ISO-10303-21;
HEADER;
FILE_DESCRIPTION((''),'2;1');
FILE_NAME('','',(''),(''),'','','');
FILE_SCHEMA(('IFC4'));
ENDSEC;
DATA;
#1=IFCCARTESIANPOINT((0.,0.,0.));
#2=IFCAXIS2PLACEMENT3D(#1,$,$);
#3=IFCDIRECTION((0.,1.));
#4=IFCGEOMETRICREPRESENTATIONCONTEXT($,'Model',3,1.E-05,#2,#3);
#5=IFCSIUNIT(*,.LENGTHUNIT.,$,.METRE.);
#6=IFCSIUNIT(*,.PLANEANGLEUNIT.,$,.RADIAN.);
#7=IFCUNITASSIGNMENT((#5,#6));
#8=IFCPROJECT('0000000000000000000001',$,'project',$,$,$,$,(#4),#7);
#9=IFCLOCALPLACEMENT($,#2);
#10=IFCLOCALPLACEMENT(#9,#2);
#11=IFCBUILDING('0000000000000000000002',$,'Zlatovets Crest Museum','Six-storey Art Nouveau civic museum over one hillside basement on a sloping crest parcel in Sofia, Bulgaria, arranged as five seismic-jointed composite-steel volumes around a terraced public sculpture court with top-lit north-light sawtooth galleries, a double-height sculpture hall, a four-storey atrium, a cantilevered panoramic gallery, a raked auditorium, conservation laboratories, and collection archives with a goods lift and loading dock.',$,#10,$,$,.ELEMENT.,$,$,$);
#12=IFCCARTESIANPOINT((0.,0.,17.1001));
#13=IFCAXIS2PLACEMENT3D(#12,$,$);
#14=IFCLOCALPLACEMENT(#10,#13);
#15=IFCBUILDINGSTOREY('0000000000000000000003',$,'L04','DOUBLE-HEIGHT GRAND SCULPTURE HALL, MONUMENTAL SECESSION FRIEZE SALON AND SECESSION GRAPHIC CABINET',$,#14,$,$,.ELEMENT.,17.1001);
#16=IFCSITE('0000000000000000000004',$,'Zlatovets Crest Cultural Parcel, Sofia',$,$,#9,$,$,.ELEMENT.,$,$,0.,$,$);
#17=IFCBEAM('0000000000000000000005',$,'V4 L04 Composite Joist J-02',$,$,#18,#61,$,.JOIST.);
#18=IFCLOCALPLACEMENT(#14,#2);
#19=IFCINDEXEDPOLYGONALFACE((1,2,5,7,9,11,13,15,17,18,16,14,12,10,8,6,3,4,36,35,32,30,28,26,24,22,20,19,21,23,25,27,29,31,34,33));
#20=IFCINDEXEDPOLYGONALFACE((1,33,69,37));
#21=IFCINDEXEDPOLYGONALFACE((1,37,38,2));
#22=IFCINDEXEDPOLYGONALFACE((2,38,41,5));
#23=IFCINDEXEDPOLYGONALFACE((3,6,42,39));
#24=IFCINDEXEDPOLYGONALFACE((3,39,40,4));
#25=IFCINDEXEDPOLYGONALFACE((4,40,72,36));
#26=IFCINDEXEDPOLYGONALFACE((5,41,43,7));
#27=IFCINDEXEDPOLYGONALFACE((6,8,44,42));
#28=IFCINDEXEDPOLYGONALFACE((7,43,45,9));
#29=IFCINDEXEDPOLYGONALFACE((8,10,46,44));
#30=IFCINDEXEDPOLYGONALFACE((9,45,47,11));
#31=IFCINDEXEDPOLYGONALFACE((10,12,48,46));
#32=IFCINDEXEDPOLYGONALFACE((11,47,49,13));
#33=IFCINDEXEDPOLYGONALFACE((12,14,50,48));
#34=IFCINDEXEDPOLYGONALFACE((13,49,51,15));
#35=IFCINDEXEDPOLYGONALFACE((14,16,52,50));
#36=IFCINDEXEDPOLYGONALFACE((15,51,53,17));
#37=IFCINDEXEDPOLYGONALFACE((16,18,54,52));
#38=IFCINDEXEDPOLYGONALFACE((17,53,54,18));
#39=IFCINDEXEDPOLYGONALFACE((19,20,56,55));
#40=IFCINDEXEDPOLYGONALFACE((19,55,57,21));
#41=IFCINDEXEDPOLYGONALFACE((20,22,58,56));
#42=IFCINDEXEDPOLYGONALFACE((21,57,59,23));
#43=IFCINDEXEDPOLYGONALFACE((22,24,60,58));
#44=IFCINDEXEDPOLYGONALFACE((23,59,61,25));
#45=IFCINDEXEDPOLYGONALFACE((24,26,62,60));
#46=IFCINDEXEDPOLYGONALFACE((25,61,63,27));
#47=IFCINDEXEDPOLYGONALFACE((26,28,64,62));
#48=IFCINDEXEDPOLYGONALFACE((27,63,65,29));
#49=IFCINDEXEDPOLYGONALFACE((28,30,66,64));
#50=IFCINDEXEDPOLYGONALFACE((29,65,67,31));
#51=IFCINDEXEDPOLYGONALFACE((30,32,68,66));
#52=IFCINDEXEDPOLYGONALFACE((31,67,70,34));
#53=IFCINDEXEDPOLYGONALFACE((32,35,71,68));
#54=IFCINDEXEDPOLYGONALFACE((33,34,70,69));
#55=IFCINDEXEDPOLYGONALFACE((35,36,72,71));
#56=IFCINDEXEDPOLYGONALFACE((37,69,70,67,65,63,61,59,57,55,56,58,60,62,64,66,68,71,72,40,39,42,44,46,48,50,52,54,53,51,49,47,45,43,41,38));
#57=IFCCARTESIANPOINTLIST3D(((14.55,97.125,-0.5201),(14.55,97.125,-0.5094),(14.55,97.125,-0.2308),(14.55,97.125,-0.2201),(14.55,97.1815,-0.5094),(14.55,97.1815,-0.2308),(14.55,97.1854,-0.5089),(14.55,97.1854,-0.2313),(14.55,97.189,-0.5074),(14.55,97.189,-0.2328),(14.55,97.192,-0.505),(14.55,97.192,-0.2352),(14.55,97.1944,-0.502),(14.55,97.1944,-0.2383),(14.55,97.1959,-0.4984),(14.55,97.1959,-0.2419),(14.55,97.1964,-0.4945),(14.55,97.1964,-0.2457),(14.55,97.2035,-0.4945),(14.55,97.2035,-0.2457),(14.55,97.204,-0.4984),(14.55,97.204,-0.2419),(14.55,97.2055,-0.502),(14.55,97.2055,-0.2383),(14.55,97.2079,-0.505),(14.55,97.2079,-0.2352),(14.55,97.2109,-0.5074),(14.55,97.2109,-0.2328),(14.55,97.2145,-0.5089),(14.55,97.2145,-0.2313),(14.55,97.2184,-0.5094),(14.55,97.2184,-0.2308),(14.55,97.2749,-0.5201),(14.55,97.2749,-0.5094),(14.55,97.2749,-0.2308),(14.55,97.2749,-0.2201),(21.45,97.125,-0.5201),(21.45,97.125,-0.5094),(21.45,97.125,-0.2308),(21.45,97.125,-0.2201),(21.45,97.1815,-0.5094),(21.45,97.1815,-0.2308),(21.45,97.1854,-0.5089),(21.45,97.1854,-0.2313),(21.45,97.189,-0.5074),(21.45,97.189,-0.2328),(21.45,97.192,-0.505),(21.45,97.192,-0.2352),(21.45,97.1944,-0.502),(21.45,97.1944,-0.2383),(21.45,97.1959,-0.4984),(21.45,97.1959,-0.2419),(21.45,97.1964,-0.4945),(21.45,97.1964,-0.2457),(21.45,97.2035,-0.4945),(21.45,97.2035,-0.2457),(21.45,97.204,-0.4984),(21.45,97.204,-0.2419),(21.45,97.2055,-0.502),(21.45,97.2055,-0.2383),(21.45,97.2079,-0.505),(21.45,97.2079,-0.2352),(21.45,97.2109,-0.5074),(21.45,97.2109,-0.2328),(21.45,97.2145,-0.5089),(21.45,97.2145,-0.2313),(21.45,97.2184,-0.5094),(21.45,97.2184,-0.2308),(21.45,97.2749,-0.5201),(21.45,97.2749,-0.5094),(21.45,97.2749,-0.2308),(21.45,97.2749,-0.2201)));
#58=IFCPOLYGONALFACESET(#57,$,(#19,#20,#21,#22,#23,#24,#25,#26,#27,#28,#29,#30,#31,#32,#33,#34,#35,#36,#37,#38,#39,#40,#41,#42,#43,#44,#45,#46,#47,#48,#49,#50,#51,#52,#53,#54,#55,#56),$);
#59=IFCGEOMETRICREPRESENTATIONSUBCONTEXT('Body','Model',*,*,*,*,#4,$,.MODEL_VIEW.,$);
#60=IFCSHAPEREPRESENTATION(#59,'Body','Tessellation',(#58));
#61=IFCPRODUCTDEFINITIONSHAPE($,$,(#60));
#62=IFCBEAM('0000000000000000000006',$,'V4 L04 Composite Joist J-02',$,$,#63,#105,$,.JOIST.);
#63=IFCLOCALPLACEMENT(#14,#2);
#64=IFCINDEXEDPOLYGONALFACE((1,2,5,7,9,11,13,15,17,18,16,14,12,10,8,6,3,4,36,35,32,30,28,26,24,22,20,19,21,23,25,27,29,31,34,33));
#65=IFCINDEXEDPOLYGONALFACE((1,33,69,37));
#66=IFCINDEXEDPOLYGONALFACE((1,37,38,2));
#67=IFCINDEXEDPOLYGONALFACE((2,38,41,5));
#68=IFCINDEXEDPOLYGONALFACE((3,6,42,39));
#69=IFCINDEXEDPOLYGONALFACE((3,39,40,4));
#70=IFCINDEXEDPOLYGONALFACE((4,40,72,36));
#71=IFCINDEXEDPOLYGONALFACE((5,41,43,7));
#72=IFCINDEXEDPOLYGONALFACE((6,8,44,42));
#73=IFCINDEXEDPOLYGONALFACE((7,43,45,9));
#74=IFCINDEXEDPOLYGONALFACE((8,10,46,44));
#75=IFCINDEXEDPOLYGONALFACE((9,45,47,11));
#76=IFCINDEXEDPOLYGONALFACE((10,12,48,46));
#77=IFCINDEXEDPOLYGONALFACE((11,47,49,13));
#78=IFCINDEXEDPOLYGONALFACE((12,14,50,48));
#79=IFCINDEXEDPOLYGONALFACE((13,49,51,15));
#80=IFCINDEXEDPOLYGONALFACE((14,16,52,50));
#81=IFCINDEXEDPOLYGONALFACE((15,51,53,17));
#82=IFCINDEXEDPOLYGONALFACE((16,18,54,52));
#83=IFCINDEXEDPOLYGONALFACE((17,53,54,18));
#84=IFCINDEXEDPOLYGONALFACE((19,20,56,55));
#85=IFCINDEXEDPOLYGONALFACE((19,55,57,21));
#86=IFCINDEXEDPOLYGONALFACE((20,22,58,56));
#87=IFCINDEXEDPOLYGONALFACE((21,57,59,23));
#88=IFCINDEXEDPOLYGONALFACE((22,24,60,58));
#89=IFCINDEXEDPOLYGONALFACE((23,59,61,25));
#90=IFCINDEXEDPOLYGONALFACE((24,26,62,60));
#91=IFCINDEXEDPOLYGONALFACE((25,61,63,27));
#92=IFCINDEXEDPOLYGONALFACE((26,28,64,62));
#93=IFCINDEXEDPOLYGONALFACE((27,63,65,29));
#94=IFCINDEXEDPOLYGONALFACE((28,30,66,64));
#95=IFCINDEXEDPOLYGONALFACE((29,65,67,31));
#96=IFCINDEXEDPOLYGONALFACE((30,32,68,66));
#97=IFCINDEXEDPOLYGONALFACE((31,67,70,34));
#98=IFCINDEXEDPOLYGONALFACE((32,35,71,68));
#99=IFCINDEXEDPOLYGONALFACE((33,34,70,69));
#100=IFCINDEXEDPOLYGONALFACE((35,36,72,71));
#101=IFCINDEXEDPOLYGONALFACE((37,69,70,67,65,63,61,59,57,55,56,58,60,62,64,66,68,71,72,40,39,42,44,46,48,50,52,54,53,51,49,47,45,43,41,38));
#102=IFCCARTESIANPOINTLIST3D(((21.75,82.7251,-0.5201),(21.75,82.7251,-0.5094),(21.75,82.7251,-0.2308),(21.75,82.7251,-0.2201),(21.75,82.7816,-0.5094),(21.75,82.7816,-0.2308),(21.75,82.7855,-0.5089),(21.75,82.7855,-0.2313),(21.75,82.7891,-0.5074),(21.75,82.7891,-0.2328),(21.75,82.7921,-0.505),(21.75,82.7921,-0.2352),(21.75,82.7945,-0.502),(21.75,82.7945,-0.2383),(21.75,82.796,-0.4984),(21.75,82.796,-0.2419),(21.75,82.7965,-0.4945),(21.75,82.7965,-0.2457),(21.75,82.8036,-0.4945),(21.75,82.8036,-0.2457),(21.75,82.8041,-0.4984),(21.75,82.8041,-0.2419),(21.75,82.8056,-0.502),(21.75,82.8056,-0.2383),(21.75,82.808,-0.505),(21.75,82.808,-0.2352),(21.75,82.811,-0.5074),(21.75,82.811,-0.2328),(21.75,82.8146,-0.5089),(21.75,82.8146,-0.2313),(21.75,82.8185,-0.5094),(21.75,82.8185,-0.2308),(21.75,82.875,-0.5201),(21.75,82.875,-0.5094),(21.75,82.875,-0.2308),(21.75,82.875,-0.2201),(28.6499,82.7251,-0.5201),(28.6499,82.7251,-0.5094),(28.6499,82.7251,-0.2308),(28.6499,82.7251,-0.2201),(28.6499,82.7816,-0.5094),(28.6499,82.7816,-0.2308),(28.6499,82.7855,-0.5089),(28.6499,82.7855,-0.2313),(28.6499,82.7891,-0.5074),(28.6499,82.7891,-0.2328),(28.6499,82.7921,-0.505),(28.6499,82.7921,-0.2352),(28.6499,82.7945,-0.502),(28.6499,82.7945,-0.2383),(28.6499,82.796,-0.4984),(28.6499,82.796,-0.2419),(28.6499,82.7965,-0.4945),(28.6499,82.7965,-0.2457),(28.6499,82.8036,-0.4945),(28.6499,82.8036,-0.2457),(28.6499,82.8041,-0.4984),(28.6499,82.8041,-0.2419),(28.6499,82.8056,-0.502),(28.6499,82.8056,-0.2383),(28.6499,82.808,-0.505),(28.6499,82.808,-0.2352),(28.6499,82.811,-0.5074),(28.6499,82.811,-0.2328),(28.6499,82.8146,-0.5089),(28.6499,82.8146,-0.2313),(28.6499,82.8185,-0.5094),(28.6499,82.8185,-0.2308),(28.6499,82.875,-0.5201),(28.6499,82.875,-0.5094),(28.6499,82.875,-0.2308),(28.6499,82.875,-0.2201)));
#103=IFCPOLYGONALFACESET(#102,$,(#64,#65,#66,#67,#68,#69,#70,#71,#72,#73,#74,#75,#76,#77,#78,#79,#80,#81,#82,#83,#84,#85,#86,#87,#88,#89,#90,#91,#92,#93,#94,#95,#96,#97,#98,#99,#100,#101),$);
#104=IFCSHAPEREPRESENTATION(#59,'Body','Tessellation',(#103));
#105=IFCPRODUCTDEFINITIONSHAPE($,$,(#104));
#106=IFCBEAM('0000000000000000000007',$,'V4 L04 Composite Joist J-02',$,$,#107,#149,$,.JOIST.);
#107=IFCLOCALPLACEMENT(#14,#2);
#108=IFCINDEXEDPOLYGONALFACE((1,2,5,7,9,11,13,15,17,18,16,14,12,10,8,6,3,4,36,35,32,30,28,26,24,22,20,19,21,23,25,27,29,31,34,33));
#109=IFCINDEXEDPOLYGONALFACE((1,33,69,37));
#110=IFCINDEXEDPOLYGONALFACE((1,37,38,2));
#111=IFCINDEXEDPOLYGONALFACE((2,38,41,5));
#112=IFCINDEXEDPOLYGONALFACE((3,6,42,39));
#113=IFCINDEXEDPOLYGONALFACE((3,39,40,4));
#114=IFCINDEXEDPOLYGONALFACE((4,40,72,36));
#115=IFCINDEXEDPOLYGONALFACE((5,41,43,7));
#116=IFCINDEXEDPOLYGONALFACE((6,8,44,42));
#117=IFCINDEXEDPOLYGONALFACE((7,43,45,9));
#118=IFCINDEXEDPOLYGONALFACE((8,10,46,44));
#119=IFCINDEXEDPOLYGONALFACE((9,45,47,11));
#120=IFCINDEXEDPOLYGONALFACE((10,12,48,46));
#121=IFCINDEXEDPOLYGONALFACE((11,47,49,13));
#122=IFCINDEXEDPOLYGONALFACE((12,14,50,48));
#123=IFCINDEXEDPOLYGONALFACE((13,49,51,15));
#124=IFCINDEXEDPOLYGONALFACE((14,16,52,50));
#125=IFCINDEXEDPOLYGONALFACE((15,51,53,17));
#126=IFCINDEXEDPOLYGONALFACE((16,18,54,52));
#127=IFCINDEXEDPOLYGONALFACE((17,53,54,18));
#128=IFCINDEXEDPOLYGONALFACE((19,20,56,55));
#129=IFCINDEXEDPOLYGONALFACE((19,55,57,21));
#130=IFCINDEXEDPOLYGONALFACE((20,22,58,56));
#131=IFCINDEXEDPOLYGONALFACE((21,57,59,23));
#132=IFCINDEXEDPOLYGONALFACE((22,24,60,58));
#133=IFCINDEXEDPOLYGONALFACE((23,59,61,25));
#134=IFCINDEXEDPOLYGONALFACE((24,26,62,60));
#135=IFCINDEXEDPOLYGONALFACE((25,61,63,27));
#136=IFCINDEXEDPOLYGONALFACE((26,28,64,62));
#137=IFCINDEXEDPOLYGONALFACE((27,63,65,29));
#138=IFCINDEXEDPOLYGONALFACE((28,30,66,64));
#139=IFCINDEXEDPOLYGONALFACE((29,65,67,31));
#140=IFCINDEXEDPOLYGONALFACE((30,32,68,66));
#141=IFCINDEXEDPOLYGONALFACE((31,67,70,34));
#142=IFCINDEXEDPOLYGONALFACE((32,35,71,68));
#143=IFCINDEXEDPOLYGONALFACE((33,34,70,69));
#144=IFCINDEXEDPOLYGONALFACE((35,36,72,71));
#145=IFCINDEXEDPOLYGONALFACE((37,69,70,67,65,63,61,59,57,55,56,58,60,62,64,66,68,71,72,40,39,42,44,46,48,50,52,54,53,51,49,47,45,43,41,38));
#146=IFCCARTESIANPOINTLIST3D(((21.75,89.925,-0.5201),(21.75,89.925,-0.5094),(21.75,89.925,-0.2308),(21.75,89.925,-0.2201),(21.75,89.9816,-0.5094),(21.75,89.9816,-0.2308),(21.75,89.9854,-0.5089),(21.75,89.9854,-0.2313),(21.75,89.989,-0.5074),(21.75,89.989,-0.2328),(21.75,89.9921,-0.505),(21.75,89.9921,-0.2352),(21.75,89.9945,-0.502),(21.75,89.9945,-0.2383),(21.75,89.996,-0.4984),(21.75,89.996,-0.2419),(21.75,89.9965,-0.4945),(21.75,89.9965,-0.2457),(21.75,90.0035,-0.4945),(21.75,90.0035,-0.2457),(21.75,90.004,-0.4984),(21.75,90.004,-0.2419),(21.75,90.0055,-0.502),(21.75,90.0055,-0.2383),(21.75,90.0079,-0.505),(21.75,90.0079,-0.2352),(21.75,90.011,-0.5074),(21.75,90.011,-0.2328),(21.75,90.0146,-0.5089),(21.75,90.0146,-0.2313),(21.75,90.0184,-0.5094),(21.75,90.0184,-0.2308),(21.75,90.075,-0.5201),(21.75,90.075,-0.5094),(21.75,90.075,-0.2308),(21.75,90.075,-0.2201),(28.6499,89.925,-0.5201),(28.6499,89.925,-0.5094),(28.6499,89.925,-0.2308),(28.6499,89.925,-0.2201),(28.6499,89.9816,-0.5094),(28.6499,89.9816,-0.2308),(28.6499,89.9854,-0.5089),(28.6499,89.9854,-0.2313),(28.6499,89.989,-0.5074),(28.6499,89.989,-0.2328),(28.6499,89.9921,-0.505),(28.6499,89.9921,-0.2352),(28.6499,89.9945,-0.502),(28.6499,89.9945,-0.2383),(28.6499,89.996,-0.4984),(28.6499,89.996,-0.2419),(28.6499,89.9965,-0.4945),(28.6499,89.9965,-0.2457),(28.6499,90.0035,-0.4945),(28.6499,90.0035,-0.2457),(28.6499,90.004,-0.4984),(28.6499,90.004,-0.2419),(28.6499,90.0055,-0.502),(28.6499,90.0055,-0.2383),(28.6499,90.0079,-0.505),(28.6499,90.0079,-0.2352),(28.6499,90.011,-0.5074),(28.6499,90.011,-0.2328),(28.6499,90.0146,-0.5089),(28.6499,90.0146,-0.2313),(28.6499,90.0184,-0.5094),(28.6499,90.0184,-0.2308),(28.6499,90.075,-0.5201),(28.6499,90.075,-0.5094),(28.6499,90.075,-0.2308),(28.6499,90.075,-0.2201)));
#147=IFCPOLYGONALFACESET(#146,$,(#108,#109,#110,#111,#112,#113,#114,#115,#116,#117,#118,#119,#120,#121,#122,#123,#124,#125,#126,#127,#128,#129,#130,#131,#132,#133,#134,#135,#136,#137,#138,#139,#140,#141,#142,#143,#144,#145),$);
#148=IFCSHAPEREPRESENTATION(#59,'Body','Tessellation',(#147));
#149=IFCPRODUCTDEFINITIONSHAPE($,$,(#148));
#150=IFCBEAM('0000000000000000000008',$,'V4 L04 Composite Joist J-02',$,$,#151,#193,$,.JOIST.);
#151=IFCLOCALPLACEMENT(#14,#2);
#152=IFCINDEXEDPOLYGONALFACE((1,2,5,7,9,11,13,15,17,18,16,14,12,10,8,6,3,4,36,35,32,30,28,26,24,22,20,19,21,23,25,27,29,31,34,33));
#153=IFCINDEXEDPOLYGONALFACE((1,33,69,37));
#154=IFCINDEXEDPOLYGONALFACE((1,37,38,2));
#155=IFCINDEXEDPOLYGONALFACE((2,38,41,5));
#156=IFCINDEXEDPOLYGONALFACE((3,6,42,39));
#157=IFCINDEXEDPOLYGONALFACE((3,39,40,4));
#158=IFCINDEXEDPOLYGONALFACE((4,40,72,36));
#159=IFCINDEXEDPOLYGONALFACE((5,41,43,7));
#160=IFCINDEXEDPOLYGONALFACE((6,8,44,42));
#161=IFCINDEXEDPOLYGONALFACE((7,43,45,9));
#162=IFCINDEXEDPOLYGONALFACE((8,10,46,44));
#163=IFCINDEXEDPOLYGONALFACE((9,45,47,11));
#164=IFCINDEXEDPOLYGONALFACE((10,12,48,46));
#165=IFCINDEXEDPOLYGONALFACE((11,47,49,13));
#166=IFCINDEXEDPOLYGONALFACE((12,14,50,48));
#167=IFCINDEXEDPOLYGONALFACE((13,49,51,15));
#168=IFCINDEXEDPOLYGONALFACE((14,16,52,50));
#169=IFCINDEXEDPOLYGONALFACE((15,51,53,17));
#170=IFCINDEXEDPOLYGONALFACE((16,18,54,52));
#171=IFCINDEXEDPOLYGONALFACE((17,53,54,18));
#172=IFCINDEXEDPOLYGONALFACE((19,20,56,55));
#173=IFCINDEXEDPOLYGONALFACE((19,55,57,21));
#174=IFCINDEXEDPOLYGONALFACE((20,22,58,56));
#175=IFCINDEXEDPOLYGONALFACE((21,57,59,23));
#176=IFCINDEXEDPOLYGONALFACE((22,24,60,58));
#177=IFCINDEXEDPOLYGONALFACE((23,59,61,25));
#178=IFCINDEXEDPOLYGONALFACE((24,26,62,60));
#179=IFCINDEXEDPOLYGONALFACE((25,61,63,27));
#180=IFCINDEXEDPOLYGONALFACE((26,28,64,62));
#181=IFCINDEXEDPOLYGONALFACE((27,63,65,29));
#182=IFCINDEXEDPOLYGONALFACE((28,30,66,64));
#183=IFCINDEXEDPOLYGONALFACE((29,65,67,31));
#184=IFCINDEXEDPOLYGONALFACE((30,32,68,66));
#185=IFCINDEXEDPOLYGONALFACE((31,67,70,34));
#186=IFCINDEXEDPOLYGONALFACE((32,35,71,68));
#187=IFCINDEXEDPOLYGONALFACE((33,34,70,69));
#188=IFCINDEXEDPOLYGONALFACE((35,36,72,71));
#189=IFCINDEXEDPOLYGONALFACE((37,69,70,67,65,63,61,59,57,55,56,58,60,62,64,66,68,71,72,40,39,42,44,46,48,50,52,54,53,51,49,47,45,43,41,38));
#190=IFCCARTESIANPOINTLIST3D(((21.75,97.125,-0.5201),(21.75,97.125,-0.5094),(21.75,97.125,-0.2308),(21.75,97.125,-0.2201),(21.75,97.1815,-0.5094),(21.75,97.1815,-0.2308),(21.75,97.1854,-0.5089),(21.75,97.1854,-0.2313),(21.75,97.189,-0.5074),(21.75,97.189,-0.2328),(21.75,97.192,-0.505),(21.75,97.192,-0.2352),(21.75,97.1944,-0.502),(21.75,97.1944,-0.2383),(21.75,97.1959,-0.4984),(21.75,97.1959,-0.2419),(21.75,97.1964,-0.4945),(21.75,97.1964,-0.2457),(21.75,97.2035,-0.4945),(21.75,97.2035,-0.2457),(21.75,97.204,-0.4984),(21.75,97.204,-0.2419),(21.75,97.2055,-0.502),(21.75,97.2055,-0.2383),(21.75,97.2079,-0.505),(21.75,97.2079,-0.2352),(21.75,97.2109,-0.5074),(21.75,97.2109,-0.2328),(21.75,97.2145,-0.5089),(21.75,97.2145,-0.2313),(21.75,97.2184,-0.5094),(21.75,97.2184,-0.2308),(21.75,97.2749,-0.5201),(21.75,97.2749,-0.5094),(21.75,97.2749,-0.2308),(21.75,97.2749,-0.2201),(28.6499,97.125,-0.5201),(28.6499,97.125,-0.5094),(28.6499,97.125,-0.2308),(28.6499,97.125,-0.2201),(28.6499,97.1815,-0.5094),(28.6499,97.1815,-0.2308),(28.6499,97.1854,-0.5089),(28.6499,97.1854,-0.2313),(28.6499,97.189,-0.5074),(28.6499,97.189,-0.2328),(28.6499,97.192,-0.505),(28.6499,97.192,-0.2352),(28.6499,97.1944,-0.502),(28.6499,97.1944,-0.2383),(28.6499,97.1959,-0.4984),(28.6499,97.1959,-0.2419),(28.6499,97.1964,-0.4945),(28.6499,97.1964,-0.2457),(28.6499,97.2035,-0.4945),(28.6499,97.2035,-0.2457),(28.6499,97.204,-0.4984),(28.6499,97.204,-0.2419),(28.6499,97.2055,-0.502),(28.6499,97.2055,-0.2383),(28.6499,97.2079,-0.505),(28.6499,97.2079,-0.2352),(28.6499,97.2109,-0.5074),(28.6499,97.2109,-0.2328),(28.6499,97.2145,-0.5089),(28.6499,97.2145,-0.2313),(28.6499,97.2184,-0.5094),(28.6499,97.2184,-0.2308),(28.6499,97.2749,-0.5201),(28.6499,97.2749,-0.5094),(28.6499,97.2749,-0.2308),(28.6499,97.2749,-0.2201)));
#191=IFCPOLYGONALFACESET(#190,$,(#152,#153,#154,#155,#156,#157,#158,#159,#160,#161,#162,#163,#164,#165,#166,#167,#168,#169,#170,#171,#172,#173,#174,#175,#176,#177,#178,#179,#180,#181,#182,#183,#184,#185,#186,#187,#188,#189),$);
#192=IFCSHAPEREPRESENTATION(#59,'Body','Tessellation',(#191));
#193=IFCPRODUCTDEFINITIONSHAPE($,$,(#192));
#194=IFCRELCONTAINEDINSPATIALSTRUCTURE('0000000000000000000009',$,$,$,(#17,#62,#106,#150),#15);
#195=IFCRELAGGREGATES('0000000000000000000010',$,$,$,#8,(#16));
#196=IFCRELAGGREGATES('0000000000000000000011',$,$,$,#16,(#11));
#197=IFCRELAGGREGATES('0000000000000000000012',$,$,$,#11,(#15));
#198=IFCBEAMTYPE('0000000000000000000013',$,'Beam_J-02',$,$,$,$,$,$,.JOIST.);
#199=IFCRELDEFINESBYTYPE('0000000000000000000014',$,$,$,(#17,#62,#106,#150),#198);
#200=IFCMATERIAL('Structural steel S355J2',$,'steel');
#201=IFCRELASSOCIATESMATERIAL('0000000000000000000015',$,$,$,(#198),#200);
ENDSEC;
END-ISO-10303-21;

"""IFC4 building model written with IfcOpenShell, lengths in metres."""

from ifc_helpers import new_model, si_unit, direction, frame, origin, origin_2d, place, context, subcontext, project, spatial, i_section, extrude, material, material_profile, profile_set, type_object, element, save


model = new_model("IFC4")

# Units and contexts
model_context = context("Model", 3, precision=1e-05, world=origin(), true_north=direction((0.0, 1.0)))
body_context = subcontext(model_context, "Body", "Model", "MODEL_VIEW")
ifc_project = project(units=[si_unit("LENGTHUNIT", "METRE"), si_unit("PLANEANGLEUNIT", "RADIAN")], contexts=[model_context])

# Site, building, storey
site_placement = place(None, origin())
site = spatial("IfcSite", under=ifc_project, at=site_placement, Name="Zlatovets Crest Cultural Parcel, Sofia", CompositionType="ELEMENT", RefElevation=0.0)
building_placement = place(site_placement, origin())
building = spatial("IfcBuilding", under=site, at=building_placement, Name="Zlatovets Crest Museum", Description="Six-storey Art Nouveau civic museum over one hillside basement on a sloping crest parcel in Sofia, Bulgaria, arranged as five seismic-jointed composite-steel volumes around a terraced public sculpture court with top-lit north-light sawtooth galleries, a double-height sculpture hall, a four-storey atrium, a cantilevered panoramic gallery, a raked auditorium, conservation laboratories, and collection archives with a goods lift and loading dock.", CompositionType="ELEMENT")
storey_placement = place(building_placement, frame((0.0, 0.0, 17.1001)))
storey = spatial("IfcBuildingStorey", under=building, at=storey_placement, Name="L04", Description="DOUBLE-HEIGHT GRAND SCULPTURE HALL, MONUMENTAL SECESSION FRIEZE SALON AND SECESSION GRAPHIC CABINET", CompositionType="ELEMENT", Elevation=17.1001)

# Beams
ifc_material_1 = material(Name="Structural steel S355J2", Category="steel")
ifc_material_profile_1 = material_profile(ifc_material_1, i_section(OverallWidth=0.1499, OverallDepth=0.3, WebThickness=0.0071, FlangeThickness=0.0107, FilletRadius=0.0149, at=origin_2d()), Name="IPE 300")
ifc_profile_set_1 = profile_set([ifc_material_profile_1], Name="Structural steel S355J2")
beam_type_1 = type_object("IfcBeamType", Name="Beam_J-02", PredefinedType="JOIST", material=ifc_profile_set_1)
for number, where, z_axis, x_axis, name in (
    (1, (14.55, 97.2, -0.3701), (1.0, 0.0, 0.0), (0.0, 1.0, 0.0), "V4 L04 Composite Joist J-02"),
    (2, (21.75, 82.8, -0.3701), (1.0, 0.0, 0.0), (0.0, 1.0, 0.0), "V4 L04 Composite Joist J-02"),
    (3, (21.75, 90.0, -0.3701), (1.0, 0.0, 0.0), (0.0, 1.0, 0.0), "V4 L04 Composite Joist J-02"),
    (4, (21.75, 97.2, -0.3701), (1.0, 0.0, 0.0), (0.0, 1.0, 0.0), "V4 L04 Composite Joist J-02"),
):
    element("IfcBeam", number, at=place(storey_placement, frame(where, z_axis=z_axis, x_axis=x_axis)), inside=storey, type_object=beam_type_1, Name=name, PredefinedType="JOIST", context=body_context, shape_type="SweptSolid", body=[
        extrude(i_section(OverallWidth=0.1499, OverallDepth=0.3, WebThickness=0.0071, FlangeThickness=0.0107, FilletRadius=0.0149, at=origin_2d()), origin(), (0.0, 0.0, 1.0), 6.8999),
    ])

save(model, "model.ifc")
